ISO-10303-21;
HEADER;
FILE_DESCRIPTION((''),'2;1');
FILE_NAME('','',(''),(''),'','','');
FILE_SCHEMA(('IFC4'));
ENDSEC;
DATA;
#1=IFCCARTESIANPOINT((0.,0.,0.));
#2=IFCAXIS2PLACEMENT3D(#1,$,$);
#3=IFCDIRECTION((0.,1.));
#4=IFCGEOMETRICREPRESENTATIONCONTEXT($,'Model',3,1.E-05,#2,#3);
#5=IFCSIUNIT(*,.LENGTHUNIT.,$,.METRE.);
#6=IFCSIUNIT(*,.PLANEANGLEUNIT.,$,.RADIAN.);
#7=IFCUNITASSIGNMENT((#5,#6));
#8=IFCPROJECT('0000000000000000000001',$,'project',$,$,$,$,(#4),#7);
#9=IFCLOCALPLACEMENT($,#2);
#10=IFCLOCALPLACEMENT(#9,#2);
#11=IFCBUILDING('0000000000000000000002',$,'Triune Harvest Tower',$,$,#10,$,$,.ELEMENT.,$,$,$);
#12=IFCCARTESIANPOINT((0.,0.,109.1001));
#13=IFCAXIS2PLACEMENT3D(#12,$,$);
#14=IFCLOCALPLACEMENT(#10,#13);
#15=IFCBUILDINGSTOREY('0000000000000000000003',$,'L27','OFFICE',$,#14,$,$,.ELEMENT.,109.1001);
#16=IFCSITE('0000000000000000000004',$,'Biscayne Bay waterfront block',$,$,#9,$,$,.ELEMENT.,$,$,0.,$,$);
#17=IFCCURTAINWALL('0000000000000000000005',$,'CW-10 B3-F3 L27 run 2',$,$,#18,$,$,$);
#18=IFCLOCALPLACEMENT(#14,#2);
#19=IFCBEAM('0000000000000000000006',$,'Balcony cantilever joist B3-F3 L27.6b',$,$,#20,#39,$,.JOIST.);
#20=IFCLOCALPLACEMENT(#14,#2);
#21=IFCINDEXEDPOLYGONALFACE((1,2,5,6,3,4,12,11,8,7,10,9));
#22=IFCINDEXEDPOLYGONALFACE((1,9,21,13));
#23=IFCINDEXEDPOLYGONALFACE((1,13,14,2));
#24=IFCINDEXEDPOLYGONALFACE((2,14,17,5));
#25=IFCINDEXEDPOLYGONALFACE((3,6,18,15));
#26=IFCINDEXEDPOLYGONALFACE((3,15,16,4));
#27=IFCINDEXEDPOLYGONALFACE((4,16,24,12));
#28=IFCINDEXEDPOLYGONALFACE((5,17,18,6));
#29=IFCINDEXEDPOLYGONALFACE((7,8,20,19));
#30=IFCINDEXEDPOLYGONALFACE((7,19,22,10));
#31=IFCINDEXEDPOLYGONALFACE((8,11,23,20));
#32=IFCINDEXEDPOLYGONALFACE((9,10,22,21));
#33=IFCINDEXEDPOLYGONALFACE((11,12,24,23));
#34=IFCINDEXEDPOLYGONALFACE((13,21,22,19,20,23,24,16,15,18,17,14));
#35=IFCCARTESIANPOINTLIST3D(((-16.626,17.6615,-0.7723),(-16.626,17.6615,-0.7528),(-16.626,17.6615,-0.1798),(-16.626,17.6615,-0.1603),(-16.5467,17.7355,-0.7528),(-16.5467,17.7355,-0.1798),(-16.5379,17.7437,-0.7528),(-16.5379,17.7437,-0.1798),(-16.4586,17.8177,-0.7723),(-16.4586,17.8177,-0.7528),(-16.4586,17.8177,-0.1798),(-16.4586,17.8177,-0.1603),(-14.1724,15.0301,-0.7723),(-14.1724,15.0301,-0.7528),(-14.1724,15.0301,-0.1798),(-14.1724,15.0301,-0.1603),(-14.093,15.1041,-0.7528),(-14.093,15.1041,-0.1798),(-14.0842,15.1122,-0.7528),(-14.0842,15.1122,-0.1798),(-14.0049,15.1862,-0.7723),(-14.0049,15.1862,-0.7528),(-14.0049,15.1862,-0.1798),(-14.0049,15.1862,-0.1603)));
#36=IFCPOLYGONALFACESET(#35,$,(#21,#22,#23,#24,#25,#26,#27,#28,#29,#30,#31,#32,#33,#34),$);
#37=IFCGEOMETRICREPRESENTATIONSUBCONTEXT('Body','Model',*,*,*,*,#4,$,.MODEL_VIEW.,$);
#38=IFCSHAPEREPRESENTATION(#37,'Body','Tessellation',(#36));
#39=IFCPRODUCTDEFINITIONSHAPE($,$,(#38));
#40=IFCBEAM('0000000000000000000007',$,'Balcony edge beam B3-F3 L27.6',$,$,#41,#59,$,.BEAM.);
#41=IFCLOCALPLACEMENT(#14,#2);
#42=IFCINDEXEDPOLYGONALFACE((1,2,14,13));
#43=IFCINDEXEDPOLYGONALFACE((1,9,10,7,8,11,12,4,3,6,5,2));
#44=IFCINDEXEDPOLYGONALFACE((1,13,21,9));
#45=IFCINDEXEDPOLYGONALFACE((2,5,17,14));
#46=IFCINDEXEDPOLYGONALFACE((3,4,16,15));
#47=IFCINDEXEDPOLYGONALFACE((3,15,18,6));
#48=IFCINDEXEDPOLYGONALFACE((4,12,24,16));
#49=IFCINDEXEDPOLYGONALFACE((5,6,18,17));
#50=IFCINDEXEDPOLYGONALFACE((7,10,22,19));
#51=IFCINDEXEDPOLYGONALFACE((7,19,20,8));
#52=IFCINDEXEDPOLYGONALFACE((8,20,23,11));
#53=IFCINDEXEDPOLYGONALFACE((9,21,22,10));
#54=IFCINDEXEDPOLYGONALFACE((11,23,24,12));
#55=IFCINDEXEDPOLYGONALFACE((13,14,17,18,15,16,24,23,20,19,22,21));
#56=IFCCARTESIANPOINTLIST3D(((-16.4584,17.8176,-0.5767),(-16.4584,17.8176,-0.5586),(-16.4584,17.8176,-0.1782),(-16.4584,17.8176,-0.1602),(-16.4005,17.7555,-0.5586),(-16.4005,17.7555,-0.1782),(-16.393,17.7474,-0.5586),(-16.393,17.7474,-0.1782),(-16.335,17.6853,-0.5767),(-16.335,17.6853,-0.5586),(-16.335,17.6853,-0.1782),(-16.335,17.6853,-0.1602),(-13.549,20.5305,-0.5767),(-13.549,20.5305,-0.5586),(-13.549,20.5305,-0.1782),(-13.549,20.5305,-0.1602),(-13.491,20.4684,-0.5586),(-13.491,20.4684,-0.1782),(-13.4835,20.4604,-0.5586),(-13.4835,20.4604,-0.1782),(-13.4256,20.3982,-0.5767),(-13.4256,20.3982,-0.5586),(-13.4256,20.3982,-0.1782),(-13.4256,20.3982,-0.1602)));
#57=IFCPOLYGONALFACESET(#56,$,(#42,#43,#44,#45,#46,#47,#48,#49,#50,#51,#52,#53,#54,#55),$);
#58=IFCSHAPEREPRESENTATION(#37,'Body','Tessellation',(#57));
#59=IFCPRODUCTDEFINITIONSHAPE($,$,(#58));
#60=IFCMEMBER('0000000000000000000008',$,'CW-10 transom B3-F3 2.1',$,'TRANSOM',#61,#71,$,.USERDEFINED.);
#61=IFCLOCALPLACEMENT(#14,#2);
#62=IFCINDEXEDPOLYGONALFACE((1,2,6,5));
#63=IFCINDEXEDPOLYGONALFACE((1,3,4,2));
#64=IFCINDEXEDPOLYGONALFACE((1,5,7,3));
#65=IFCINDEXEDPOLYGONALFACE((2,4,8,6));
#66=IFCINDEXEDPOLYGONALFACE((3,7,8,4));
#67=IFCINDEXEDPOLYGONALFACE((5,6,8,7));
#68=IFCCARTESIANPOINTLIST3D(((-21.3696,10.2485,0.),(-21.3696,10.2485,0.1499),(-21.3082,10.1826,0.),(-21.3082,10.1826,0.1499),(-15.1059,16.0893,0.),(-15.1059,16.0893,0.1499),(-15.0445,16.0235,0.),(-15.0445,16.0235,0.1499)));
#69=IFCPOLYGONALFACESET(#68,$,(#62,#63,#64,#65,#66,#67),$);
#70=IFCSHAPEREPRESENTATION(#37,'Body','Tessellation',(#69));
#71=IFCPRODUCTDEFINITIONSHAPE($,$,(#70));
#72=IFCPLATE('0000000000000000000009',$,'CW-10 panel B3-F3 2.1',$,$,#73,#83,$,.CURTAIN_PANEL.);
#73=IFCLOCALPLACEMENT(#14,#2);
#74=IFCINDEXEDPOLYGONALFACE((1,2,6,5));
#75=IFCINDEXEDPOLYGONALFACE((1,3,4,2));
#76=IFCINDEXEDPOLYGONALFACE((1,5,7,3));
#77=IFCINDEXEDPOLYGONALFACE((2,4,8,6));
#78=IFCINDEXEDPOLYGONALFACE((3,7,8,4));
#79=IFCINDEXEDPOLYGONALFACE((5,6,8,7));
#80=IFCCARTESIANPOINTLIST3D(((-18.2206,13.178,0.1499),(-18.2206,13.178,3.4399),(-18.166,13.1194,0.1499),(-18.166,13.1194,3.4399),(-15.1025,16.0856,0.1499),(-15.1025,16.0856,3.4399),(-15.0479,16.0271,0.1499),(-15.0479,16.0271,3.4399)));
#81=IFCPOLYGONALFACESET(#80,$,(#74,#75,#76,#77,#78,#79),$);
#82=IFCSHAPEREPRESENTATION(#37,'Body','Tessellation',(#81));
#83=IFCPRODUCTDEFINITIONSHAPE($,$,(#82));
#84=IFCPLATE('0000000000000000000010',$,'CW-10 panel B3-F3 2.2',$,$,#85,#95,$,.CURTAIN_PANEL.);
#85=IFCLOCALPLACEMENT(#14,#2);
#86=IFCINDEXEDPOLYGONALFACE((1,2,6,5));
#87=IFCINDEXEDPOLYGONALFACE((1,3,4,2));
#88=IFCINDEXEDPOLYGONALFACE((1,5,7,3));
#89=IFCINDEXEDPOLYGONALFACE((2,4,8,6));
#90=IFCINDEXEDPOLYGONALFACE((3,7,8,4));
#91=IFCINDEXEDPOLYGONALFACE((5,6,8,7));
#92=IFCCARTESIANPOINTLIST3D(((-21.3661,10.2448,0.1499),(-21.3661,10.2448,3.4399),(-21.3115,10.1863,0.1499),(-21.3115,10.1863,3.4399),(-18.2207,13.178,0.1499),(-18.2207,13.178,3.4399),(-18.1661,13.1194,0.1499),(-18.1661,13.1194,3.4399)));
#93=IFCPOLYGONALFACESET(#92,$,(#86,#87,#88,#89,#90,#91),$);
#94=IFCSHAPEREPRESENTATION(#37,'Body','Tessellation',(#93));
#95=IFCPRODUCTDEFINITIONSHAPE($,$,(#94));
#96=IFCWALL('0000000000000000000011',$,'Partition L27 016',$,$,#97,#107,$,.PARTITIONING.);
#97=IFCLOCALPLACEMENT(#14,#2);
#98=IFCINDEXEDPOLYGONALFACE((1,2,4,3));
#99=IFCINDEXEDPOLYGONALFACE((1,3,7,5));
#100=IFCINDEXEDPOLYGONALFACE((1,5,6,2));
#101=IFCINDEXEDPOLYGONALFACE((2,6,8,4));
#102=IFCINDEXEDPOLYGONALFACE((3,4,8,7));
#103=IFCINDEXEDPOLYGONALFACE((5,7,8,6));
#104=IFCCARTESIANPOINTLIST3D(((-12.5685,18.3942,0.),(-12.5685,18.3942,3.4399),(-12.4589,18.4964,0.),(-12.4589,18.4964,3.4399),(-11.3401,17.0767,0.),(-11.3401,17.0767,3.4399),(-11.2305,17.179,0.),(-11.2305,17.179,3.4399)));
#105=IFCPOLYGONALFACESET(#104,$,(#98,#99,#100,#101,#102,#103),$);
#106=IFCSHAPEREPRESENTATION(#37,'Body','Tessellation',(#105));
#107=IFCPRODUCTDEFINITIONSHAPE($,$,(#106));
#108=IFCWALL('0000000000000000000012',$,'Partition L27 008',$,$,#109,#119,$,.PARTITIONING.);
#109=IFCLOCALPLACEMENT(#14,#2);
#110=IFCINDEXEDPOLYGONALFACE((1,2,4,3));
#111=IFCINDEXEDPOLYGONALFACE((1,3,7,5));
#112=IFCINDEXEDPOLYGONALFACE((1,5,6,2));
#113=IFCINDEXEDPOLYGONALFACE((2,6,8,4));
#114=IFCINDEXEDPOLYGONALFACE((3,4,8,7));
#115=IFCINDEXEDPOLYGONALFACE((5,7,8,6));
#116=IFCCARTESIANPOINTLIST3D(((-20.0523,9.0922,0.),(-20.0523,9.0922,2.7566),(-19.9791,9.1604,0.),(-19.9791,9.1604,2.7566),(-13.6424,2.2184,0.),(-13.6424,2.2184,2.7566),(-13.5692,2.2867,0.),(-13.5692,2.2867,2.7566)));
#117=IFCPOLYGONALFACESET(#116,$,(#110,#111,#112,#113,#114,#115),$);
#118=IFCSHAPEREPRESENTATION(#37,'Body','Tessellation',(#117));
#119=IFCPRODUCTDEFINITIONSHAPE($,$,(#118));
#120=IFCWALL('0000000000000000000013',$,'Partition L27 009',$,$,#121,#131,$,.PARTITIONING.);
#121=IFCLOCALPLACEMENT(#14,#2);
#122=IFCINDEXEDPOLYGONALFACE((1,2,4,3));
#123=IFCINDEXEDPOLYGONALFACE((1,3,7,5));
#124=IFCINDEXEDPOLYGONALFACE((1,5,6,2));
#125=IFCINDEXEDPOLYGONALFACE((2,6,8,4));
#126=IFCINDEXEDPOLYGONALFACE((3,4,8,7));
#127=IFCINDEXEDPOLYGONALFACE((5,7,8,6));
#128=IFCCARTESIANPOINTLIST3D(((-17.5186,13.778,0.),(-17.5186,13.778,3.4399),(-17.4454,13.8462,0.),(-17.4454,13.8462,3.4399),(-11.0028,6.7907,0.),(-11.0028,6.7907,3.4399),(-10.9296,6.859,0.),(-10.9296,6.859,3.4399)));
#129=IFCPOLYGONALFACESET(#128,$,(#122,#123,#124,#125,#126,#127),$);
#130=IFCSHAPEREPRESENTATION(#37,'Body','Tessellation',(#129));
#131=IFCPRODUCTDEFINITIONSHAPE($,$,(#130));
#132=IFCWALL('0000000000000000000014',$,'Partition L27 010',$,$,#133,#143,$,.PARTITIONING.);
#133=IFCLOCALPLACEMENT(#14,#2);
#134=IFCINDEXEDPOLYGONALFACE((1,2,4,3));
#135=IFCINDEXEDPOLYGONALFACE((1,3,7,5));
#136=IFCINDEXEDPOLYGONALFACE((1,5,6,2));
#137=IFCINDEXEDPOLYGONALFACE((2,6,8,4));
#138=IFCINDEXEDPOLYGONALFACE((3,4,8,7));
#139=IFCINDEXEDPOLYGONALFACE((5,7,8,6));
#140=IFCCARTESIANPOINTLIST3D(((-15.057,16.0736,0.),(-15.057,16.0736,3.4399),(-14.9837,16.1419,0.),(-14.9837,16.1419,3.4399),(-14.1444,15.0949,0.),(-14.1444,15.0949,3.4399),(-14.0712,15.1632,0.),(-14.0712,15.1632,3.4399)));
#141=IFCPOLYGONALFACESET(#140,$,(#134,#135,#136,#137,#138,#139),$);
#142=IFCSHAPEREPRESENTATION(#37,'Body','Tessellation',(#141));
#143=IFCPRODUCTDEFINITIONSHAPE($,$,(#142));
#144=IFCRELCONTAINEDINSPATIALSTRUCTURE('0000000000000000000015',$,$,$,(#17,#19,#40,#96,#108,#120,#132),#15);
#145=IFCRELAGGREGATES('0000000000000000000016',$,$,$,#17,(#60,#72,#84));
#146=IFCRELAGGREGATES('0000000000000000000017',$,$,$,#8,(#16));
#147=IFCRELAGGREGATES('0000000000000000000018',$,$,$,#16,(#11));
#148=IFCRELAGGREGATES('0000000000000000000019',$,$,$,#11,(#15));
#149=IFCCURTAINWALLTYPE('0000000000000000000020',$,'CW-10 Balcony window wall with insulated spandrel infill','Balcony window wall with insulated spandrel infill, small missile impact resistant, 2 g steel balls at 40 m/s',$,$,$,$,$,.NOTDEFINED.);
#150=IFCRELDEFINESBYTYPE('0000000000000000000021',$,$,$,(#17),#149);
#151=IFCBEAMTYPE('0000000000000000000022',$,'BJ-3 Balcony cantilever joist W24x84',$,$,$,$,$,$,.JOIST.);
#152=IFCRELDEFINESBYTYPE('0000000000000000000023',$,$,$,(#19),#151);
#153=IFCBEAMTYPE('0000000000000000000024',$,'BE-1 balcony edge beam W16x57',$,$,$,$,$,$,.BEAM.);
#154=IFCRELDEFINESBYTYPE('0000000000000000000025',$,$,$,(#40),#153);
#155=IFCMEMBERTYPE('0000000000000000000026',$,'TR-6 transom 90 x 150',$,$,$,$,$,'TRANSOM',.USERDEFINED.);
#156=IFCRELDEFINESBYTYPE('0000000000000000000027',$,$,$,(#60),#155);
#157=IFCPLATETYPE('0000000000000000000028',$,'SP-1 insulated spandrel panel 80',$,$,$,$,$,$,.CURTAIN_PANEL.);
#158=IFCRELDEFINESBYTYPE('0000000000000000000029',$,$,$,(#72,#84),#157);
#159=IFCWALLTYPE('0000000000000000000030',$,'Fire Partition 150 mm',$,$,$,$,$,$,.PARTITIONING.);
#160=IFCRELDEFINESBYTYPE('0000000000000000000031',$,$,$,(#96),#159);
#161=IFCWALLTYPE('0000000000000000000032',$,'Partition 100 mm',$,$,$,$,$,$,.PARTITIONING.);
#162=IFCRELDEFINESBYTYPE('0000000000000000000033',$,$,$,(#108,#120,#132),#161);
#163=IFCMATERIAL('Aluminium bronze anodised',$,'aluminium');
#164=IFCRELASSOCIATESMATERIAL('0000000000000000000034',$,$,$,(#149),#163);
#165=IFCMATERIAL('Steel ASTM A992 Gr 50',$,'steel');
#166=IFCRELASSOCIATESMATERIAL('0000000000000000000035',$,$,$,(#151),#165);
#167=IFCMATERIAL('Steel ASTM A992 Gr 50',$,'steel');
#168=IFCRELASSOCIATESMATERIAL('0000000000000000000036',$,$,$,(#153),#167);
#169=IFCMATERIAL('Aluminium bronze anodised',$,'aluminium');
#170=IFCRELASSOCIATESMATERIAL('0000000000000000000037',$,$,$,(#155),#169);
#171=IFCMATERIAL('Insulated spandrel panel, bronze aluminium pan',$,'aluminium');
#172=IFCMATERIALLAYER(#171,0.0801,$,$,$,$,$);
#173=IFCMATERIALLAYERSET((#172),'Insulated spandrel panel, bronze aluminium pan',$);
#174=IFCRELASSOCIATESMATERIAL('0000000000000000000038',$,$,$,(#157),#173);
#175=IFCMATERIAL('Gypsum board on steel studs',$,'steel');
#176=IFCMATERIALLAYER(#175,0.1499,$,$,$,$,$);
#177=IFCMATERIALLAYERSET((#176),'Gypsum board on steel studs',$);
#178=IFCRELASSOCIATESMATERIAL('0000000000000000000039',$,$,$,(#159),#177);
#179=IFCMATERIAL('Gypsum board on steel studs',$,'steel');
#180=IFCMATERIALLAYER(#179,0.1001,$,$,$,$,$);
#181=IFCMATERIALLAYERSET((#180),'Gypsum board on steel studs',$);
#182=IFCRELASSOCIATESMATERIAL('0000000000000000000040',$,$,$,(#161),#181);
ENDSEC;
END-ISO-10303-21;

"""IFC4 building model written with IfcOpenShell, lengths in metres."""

from ifc_helpers import new_model, si_unit, direction, frame, frame_2d, origin, origin_2d, place, context, subcontext, project, spatial, rectangle, i_section, extrude, source, transform, mapped, material, layer, layer_set, material_profile, profile_set, type_object, element, aggregate, save


model = new_model("IFC4")

# Units and contexts
model_context = context("Model", 3, precision=1e-05, world=origin(), true_north=direction((0.0, 1.0)))
body_context = subcontext(model_context, "Body", "Model", "MODEL_VIEW")
ifc_project = project(units=[si_unit("LENGTHUNIT", "METRE"), si_unit("PLANEANGLEUNIT", "RADIAN")], contexts=[model_context])

# Site, building, storey
site_placement = place(None, origin())
site = spatial("IfcSite", under=ifc_project, at=site_placement, Name="Biscayne Bay waterfront block", CompositionType="ELEMENT", RefElevation=0.0)
building_placement = place(site_placement, origin())
building = spatial("IfcBuilding", under=site, at=building_placement, Name="Triune Harvest Tower", CompositionType="ELEMENT")
storey_placement = place(building_placement, frame((0.0, 0.0, 109.1001)))
storey = spatial("IfcBuildingStorey", under=building, at=storey_placement, Name="L27", Description="OFFICE", CompositionType="ELEMENT", Elevation=109.1001)

# Curtain wall
ifc_material_1 = material(Name="Aluminium bronze anodised", Category="aluminium")
curtain_wall_type = type_object("IfcCurtainWallType", Name="CW-10 Balcony window wall with insulated spandrel infill", Description="Balcony window wall with insulated spandrel infill, small missile impact resistant, 2 g steel balls at 40 m/s", PredefinedType="NOTDEFINED", material=ifc_material_1)
curtain_wall_placement = place(storey_placement, origin())
curtain_wall = element("IfcCurtainWall", 1, at=curtain_wall_placement, inside=storey, type_object=curtain_wall_type, Name="CW-10 B3-F3 L27 run 2")

# Beams
ifc_material_2 = material(Name="Steel ASTM A992 Gr 50", Category="steel")
ifc_material_profile_1 = material_profile(ifc_material_2, i_section(OverallWidth=0.229, OverallDepth=0.6121, WebThickness=0.012, FlangeThickness=0.0195, at=origin_2d()), Name="W24x84")
ifc_profile_set_1 = profile_set([ifc_material_profile_1], Name="Steel ASTM A992 Gr 50")
beam_type_1 = type_object("IfcBeamType", Name="BJ-3 Balcony cantilever joist W24x84", PredefinedType="JOIST", material=ifc_profile_set_1)
shared_shape_1 = source(origin(), body_context, "Body", "SweptSolid", [
    extrude(i_section(OverallWidth=0.229, OverallDepth=0.6121, WebThickness=0.012, FlangeThickness=0.0195, at=origin_2d()), origin(), (0.0, 0.0, 1.0), 3.5979),
])
beam_1_placement = place(storey_placement, frame((-14.0886, 15.1082, -0.4663), z_axis=(-0.681975, 0.731376, 0.0), x_axis=(-0.731376, -0.681975, 0.0)))
element("IfcBeam", 2, at=beam_1_placement, inside=storey, type_object=beam_type_1, Name="Balcony cantilever joist B3-F3 L27.6b", PredefinedType="JOIST", context=body_context, shape_type="MappedRepresentation", body=[
    mapped(shared_shape_1, transform((0.0, 0.0, 0.0), scale=1.0)),
])
ifc_material_3 = material(Name="Steel ASTM A992 Gr 50", Category="steel")
ifc_material_profile_2 = material_profile(ifc_material_3, i_section(OverallWidth=0.1809, OverallDepth=0.4165, WebThickness=0.011, FlangeThickness=0.0181, at=origin_2d()), Name="W16x57")
ifc_profile_set_2 = profile_set([ifc_material_profile_2], Name="Steel ASTM A992 Gr 50")
beam_type_2 = type_object("IfcBeamType", Name="BE-1 balcony edge beam W16x57", PredefinedType="BEAM", material=ifc_profile_set_2)
shared_shape_2 = source(origin(), body_context, "Body", "SweptSolid", [
    extrude(i_section(OverallWidth=0.1809, OverallDepth=0.4165, WebThickness=0.011, FlangeThickness=0.0181, at=origin_2d()), origin(), (0.0, 0.0, 1.0), 3.978),
])
beam_2_placement = place(storey_placement, frame((-16.3967, 17.7515, -0.3684), z_axis=(0.731378, 0.681973, 0.0), x_axis=(-0.681973, 0.731378, 0.0)))
element("IfcBeam", 3, at=beam_2_placement, inside=storey, type_object=beam_type_2, Name="Balcony edge beam B3-F3 L27.6", PredefinedType="BEAM", context=body_context, shape_type="MappedRepresentation", body=[
    mapped(shared_shape_2, transform((0.0, 0.0, 0.0), scale=1.0)),
])

# Member
ifc_material_4 = material(Name="Aluminium bronze anodised", Category="aluminium")
ifc_material_profile_3 = material_profile(ifc_material_4, rectangle(XDim=0.0901, YDim=0.1499, at=origin_2d()), Name="TR-6 transom 90 x 150")
ifc_profile_set_3 = profile_set([ifc_material_profile_3], Name="Aluminium bronze anodised")
member_type_1 = type_object("IfcMemberType", Name="TR-6 transom 90 x 150", ElementType="TRANSOM", PredefinedType="USERDEFINED", material=ifc_profile_set_3)
shared_shape_3 = source(origin(), body_context, "Body", "SweptSolid", [
    extrude(rectangle(XDim=0.0901, YDim=0.1499, at=origin_2d()), origin(), (0.0, 0.0, 1.0), 8.5645),
])
member_1_placement = place(storey_placement, frame((-15.0752, 16.0564, 0.075), z_axis=(-0.731362, -0.681989, 0.0), x_axis=(0.681989, -0.731362, 0.0)))
member_1 = element("IfcMember", 4, at=member_1_placement, type_object=member_type_1, Name="CW-10 transom B3-F3 2.1", ObjectType="TRANSOM", PredefinedType="USERDEFINED", context=body_context, shape_type="MappedRepresentation", body=[
    mapped(shared_shape_3, transform((0.0, 0.0, 0.0), scale=1.0)),
])

# Plates
ifc_material_5 = material(Name="Insulated spandrel panel, bronze aluminium pan", Category="aluminium")
ifc_layer_1 = layer(ifc_material_5, 0.0801)
ifc_layer_set_1 = layer_set([ifc_layer_1], Name="Insulated spandrel panel, bronze aluminium pan")
plate_type = type_object("IfcPlateType", Name="SP-1 insulated spandrel panel 80", PredefinedType="CURTAIN_PANEL", material=ifc_layer_set_1)
shared_shape_4 = source(origin(), body_context, "Body", "SweptSolid", [
    extrude(rectangle(XDim=4.2634, YDim=0.0801, at=origin_2d()), origin(), (0.0, 0.0, 1.0), 3.29),
])
plate_1_placement = place(storey_placement, frame((-16.6343, 14.6025, 0.1499), z_axis=(0.0, 0.0, 1.0), x_axis=(-0.731353, -0.681999, 0.0)))
plate_1 = element("IfcPlate", 5, at=plate_1_placement, type_object=plate_type, Name="CW-10 panel B3-F3 2.1", PredefinedType="CURTAIN_PANEL", context=body_context, shape_type="MappedRepresentation", body=[
    mapped(shared_shape_4, transform((0.0, 0.0, 0.0), scale=1.0)),
])
shared_shape_5 = source(origin(), body_context, "Body", "SweptSolid", [
    extrude(rectangle(XDim=4.3008, YDim=0.0801, at=origin_2d()), origin(), (0.0, 0.0, 1.0), 3.29),
])
plate_2_placement = place(storey_placement, frame((-19.7661, 11.6821, 0.1499), z_axis=(0.0, 0.0, 1.0), x_axis=(-0.731353, -0.681999, 0.0)))
plate_2 = element("IfcPlate", 6, at=plate_2_placement, type_object=plate_type, Name="CW-10 panel B3-F3 2.2", PredefinedType="CURTAIN_PANEL", context=body_context, shape_type="MappedRepresentation", body=[
    mapped(shared_shape_5, transform((0.0, 0.0, 0.0), scale=1.0)),
])
aggregate(curtain_wall, [member_1, plate_1, plate_2])

# Walls
ifc_material_6 = material(Name="Gypsum board on steel studs", Category="steel")
ifc_layer_2 = layer(ifc_material_6, 0.1499)
ifc_layer_set_2 = layer_set([ifc_layer_2], Name="Gypsum board on steel studs")
wall_type_1 = type_object("IfcWallType", Name="Fire Partition 150 mm", PredefinedType="PARTITIONING", material=ifc_layer_set_2)
wall_1_placement = place(storey_placement, frame((-12.5137, 18.4453, 0.0), z_axis=(0.0, 0.0, 1.0), x_axis=(0.681937, -0.731411, 0.0)))
element("IfcWall", 7, at=wall_1_placement, inside=storey, type_object=wall_type_1, Name="Partition L27 016", PredefinedType="PARTITIONING", context=body_context, shape_type="SweptSolid", body=[
    extrude(rectangle(XDim=1.8013, YDim=0.1499, at=frame_2d((0.9006, 0.0))), origin(), (0.0, 0.0, 1.0), 3.4399),
])
ifc_material_7 = material(Name="Gypsum board on steel studs", Category="steel")
ifc_layer_3 = layer(ifc_material_7, 0.1001)
ifc_layer_set_3 = layer_set([ifc_layer_3], Name="Gypsum board on steel studs")
wall_type_2 = type_object("IfcWallType", Name="Partition 100 mm", PredefinedType="PARTITIONING", material=ifc_layer_set_3)
wall_2_placement = place(storey_placement, frame((-20.0156, 9.1262, 0.0), z_axis=(0.0, 0.0, 1.0), x_axis=(0.681999, -0.731353, 0.0)))
element("IfcWall", 8, at=wall_2_placement, inside=storey, type_object=wall_type_2, Name="Partition L27 008", PredefinedType="PARTITIONING", context=body_context, shape_type="SweptSolid", body=[
    extrude(rectangle(XDim=9.3987, YDim=0.1001, at=frame_2d((4.6992, 0.0))), origin(), (0.0, 0.0, 1.0), 2.7566),
])
wall_3_placement = place(storey_placement, frame((-17.4819, 13.812, 0.0), z_axis=(0.0, 0.0, 1.0), x_axis=(0.682004, -0.731348, 0.0)))
element("IfcWall", 9, at=wall_3_placement, inside=storey, type_object=wall_type_2, Name="Partition L27 009", PredefinedType="PARTITIONING", context=body_context, shape_type="SweptSolid", body=[
    extrude(rectangle(XDim=9.554, YDim=0.1001, at=frame_2d((4.7769, 0.0))), origin(), (0.0, 0.0, 1.0), 3.4399),
])

# Wall
shared_shape_6 = source(origin(), body_context, "Body", "SweptSolid", [
    extrude(rectangle(XDim=1.3381, YDim=0.1001, at=frame_2d((0.6689, 0.0))), origin(), (0.0, 0.0, 1.0), 3.4399),
])
wall_4_placement = place(storey_placement, frame((-15.0203, 16.1077, 0.0), z_axis=(0.0, 0.0, 1.0), x_axis=(0.681954, -0.731395, 0.0)))
element("IfcWall", 10, at=wall_4_placement, inside=storey, type_object=wall_type_2, Name="Partition L27 010", PredefinedType="PARTITIONING", context=body_context, shape_type="MappedRepresentation", body=[
    mapped(shared_shape_6, transform((0.0, 0.0, 0.0), scale=1.0)),
])

save(model, "model.ifc")
